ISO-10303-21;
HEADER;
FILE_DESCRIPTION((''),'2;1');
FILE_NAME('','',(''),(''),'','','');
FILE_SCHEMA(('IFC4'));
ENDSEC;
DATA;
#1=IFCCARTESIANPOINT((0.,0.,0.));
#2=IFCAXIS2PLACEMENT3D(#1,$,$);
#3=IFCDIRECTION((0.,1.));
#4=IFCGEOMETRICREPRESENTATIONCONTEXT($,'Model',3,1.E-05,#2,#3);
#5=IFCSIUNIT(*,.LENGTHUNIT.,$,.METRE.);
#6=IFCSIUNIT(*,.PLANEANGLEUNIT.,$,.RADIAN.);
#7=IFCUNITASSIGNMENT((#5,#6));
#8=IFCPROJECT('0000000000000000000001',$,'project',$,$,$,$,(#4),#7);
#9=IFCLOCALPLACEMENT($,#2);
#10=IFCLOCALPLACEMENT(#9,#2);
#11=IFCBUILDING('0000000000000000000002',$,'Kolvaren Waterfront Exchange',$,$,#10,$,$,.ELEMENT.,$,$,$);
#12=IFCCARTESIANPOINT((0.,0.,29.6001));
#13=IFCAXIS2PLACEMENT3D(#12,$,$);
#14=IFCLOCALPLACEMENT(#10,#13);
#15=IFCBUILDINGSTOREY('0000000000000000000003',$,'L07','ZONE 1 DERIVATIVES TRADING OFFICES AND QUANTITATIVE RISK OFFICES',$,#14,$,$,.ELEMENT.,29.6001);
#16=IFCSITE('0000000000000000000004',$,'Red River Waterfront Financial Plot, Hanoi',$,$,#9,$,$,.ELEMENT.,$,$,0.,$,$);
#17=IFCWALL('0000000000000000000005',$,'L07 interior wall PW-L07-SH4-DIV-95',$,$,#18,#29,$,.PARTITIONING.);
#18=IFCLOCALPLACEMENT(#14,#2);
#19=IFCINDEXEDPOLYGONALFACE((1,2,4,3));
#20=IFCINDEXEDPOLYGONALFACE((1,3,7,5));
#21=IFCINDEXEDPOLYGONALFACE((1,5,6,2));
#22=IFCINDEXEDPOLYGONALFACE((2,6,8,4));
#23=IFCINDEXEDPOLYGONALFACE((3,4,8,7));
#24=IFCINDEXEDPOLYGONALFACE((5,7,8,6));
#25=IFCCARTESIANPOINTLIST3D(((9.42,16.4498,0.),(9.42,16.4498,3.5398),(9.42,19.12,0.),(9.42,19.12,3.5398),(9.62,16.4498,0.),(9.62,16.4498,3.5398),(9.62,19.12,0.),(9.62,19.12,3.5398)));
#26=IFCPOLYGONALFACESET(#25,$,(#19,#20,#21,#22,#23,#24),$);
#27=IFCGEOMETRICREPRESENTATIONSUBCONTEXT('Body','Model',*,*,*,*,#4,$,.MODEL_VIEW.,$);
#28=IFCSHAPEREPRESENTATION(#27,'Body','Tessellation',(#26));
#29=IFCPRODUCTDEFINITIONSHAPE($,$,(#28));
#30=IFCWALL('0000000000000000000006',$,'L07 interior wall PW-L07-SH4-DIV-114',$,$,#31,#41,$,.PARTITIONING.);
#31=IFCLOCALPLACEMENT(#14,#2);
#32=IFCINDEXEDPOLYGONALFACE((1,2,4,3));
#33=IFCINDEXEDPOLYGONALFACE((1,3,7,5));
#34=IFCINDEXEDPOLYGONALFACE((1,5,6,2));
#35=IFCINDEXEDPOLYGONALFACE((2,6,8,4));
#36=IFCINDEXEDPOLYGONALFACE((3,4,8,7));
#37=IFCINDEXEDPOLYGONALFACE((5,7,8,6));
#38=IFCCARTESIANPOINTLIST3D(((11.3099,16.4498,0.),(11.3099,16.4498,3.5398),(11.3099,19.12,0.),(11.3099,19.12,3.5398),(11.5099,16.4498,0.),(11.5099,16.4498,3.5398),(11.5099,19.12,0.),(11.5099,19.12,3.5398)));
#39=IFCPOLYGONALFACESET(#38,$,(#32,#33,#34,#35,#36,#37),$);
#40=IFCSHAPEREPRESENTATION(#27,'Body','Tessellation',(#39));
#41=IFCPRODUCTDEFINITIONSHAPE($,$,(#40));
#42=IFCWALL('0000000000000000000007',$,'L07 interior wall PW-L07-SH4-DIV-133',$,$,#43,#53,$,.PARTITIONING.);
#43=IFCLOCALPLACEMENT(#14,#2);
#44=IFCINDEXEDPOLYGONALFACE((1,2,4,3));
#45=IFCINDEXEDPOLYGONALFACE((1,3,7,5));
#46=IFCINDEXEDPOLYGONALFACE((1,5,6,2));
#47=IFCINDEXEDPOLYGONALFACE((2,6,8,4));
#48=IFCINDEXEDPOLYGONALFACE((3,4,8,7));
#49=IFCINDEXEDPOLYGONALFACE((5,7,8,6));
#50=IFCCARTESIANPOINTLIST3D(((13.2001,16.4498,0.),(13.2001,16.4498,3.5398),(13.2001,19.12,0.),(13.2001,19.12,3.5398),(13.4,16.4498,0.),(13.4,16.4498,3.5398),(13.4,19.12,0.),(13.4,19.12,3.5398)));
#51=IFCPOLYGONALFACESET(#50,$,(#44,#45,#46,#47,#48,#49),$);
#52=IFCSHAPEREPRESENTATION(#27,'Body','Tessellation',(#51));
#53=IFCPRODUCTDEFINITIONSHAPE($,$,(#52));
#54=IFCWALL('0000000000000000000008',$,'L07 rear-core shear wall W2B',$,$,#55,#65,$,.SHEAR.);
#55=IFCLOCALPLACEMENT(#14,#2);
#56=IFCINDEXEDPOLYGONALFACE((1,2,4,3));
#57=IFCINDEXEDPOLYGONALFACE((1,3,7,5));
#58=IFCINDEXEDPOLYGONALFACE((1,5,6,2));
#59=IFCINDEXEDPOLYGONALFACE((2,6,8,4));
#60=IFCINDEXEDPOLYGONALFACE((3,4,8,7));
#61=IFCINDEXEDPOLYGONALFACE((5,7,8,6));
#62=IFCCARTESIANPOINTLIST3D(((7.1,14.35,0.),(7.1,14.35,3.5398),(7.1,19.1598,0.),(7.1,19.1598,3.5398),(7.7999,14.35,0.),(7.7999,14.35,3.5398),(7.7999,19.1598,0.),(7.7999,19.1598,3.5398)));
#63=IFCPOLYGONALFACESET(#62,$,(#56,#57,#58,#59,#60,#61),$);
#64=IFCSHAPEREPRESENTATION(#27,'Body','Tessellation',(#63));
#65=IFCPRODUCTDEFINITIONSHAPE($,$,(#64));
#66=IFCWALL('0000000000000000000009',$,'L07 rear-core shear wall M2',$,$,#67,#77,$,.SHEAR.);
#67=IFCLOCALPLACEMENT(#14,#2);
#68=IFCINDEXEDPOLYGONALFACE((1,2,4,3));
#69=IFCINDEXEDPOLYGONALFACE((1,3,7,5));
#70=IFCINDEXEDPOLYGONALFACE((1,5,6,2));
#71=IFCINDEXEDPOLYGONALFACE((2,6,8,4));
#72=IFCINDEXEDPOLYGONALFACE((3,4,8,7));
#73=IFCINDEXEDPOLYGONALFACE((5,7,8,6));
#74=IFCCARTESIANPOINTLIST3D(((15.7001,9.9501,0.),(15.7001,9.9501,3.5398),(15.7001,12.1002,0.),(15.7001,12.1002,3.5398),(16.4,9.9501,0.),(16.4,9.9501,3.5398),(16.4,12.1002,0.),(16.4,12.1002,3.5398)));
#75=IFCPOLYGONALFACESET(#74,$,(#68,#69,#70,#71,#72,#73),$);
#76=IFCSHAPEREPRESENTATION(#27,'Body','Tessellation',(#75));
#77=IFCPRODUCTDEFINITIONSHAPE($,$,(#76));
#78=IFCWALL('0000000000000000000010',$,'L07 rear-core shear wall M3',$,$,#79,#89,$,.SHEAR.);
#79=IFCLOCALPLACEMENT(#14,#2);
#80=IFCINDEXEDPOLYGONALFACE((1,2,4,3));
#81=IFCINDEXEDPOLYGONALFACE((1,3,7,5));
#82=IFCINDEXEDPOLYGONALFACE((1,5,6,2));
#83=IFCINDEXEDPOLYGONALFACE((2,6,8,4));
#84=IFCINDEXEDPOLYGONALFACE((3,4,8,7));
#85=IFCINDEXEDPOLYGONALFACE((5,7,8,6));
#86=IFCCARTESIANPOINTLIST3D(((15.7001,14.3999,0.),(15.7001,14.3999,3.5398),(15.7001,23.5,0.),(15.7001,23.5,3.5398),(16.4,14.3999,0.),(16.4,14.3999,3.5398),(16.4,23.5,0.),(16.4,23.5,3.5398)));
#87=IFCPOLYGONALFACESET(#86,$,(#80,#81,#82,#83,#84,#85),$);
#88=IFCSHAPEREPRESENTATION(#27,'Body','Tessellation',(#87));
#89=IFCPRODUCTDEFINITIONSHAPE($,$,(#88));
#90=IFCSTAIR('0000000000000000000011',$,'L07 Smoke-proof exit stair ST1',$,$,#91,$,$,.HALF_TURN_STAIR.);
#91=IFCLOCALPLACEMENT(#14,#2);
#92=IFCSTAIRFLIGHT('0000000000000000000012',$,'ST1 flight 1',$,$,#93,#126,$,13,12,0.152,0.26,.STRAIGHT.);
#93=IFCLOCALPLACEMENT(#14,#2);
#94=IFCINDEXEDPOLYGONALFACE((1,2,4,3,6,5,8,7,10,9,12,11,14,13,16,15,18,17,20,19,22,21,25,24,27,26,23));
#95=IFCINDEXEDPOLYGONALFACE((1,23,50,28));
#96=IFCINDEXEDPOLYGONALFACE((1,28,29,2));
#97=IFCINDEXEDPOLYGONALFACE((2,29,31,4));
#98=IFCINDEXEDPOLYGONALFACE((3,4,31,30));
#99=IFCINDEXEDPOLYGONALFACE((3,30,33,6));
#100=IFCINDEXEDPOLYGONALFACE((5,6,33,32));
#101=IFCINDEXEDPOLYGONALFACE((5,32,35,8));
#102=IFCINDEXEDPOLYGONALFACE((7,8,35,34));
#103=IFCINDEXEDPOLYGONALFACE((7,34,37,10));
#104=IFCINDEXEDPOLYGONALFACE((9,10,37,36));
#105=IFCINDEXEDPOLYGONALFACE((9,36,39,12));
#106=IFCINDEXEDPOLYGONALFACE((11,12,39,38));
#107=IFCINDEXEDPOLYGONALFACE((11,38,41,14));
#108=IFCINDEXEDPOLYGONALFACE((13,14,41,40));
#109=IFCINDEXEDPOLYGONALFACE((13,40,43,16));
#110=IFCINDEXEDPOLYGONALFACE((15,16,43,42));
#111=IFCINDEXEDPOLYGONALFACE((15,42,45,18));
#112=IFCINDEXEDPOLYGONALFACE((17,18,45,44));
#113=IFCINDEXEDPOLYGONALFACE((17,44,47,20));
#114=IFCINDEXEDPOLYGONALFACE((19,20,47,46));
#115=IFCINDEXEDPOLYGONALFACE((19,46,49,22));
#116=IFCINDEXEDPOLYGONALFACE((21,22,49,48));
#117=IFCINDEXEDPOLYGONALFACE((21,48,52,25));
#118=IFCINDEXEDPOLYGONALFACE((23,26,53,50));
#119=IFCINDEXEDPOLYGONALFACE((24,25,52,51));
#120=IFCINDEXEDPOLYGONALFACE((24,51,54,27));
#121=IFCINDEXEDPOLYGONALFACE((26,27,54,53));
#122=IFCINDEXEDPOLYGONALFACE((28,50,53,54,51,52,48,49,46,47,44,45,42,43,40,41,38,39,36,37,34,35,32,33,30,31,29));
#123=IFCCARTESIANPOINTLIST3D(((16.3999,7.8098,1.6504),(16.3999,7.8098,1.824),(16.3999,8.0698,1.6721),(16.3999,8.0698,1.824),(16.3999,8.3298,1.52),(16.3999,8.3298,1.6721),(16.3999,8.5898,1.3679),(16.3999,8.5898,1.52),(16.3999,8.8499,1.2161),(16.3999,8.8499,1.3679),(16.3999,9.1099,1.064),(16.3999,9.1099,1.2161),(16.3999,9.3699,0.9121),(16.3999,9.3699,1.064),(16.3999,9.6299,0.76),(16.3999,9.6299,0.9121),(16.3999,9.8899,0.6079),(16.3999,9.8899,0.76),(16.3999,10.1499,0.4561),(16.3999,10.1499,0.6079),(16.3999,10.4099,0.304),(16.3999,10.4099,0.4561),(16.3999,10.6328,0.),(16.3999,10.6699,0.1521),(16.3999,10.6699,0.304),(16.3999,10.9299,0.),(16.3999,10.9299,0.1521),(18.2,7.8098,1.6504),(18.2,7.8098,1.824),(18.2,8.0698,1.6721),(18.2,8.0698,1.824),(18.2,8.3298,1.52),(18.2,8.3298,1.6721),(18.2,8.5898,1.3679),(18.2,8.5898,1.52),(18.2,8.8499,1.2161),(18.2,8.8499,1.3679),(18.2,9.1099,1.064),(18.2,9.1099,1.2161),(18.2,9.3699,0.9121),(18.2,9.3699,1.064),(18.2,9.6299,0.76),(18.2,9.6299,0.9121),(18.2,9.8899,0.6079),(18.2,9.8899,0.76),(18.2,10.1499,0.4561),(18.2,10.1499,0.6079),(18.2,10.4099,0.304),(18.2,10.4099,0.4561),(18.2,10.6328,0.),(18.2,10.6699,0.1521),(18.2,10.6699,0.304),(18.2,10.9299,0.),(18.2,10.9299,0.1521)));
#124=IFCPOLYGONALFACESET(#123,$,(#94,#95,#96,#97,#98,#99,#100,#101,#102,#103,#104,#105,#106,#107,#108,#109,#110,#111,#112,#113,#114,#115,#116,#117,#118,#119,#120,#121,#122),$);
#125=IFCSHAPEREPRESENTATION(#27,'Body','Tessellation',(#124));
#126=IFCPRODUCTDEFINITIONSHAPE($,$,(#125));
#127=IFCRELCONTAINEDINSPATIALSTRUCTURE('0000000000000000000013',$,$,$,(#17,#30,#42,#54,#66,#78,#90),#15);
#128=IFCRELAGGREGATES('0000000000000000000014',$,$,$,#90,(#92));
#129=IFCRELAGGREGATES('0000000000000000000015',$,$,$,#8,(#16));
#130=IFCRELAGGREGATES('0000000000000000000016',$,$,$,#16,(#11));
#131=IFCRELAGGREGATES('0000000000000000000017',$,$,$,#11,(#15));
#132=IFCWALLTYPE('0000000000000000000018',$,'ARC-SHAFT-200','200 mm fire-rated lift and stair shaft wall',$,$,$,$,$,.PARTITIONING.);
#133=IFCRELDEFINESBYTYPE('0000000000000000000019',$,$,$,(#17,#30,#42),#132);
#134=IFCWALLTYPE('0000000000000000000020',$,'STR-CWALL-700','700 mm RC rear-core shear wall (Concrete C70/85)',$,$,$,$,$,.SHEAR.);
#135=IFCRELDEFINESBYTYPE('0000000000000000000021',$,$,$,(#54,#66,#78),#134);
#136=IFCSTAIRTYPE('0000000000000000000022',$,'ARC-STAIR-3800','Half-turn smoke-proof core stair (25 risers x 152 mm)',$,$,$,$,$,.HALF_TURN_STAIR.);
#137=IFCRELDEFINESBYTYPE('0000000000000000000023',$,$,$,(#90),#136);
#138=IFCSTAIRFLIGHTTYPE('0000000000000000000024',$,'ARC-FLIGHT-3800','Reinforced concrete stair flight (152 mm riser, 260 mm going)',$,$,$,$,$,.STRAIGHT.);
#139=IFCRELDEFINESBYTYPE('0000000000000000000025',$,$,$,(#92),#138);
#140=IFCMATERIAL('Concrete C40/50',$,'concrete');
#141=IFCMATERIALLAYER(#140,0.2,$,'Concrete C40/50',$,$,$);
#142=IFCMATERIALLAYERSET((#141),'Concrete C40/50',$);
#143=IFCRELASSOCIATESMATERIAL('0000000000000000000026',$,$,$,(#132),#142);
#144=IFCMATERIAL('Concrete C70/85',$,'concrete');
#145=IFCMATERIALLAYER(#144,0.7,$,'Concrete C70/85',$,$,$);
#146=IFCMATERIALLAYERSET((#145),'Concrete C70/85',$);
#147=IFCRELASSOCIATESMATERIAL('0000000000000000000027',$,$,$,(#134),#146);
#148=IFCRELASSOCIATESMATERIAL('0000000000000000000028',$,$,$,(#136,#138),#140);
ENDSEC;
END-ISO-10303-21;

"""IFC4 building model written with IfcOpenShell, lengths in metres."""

from ifc_helpers import new_model, si_unit, direction, frame, frame_2d, origin, place, context, subcontext, project, spatial, polyline, rectangle, outline, extrude, material, layer, layer_set, type_object, element, aggregate, save


model = new_model("IFC4")

# Units and contexts
model_context = context("Model", 3, precision=1e-05, world=origin(), true_north=direction((0.0, 1.0)))
body_context = subcontext(model_context, "Body", "Model", "MODEL_VIEW")
ifc_project = project(units=[si_unit("LENGTHUNIT", "METRE"), si_unit("PLANEANGLEUNIT", "RADIAN")], contexts=[model_context])

# Site, building, storey
site_placement = place(None, origin())
site = spatial("IfcSite", under=ifc_project, at=site_placement, Name="Red River Waterfront Financial Plot, Hanoi", CompositionType="ELEMENT", RefElevation=0.0)
building_placement = place(site_placement, origin())
building = spatial("IfcBuilding", under=site, at=building_placement, Name="Kolvaren Waterfront Exchange", CompositionType="ELEMENT")
storey_placement = place(building_placement, frame((0.0, 0.0, 29.6001)))
storey = spatial("IfcBuildingStorey", under=building, at=storey_placement, Name="L07", Description="ZONE 1 DERIVATIVES TRADING OFFICES AND QUANTITATIVE RISK OFFICES", CompositionType="ELEMENT", Elevation=29.6001)

# Shared definitions
ifc_material_1 = material(Name="Concrete C40/50", Category="concrete")
ifc_layer_1 = layer(ifc_material_1, 0.2, Name="Concrete C40/50")
ifc_layer_set_1 = layer_set([ifc_layer_1], Name="Concrete C40/50")
wall_type_1 = type_object("IfcWallType", Name="ARC-SHAFT-200", Description="200 mm fire-rated lift and stair shaft wall", PredefinedType="PARTITIONING", material=ifc_layer_set_1)

# Walls
for number, where, z_axis, x_axis, name in (
    (1, (9.52, 16.45, 0.0), (0.0, 0.0, 1.0), (0.0, 1.0, 0.0), "L07 interior wall PW-L07-SH4-DIV-95"),
    (2, (11.4099, 16.45, 0.0), (0.0, 0.0, 1.0), (0.0, 1.0, 0.0), "L07 interior wall PW-L07-SH4-DIV-114"),
    (3, (13.3, 16.45, 0.0), (0.0, 0.0, 1.0), (0.0, 1.0, 0.0), "L07 interior wall PW-L07-SH4-DIV-133"),
):
    element("IfcWall", number, at=place(storey_placement, frame(where, z_axis=z_axis, x_axis=x_axis)), inside=storey, type_object=wall_type_1, Name=name, PredefinedType="PARTITIONING", context=body_context, shape_type="SweptSolid", body=[
        extrude(rectangle(XDim=2.6702, YDim=0.2, at=frame_2d((1.335, 0.0))), origin(), (0.0, 0.0, 1.0), 3.5398),
    ])
ifc_material_2 = material(Name="Concrete C70/85", Category="concrete")
ifc_layer_2 = layer(ifc_material_2, 0.7, Name="Concrete C70/85")
ifc_layer_set_2 = layer_set([ifc_layer_2], Name="Concrete C70/85")
wall_type_2 = type_object("IfcWallType", Name="STR-CWALL-700", Description="700 mm RC rear-core shear wall (Concrete C70/85)", PredefinedType="SHEAR", material=ifc_layer_set_2)
wall_1_placement = place(storey_placement, frame((7.45, 14.3501, 0.0), z_axis=(0.0, 0.0, 1.0), x_axis=(0.0, 1.0, 0.0)))
element("IfcWall", 4, at=wall_1_placement, inside=storey, type_object=wall_type_2, Name="L07 rear-core shear wall W2B", PredefinedType="SHEAR", context=body_context, shape_type="SweptSolid", body=[
    extrude(rectangle(XDim=4.8098, YDim=0.7, at=frame_2d((2.4048, 0.0))), origin(), (0.0, 0.0, 1.0), 3.5398),
])
wall_2_placement = place(storey_placement, frame((16.05, 9.95, 0.0), z_axis=(0.0, 0.0, 1.0), x_axis=(0.0, 1.0, 0.0)))
element("IfcWall", 5, at=wall_2_placement, inside=storey, type_object=wall_type_2, Name="L07 rear-core shear wall M2", PredefinedType="SHEAR", context=body_context, shape_type="SweptSolid", body=[
    extrude(rectangle(XDim=2.1501, YDim=0.7, at=frame_2d((1.0752, 0.0))), origin(), (0.0, 0.0, 1.0), 3.5398),
])
wall_3_placement = place(storey_placement, frame((16.05, 14.3999, 0.0), z_axis=(0.0, 0.0, 1.0), x_axis=(0.0, 1.0, 0.0)))
element("IfcWall", 6, at=wall_3_placement, inside=storey, type_object=wall_type_2, Name="L07 rear-core shear wall M3", PredefinedType="SHEAR", context=body_context, shape_type="SweptSolid", body=[
    extrude(rectangle(XDim=9.1001, YDim=0.7, at=frame_2d((4.55, 0.0))), origin(), (0.0, 0.0, 1.0), 3.5398),
])

# Stair, stair flight
stair_type = type_object("IfcStairType", Name="ARC-STAIR-3800", Description="Half-turn smoke-proof core stair (25 risers x 152 mm)", PredefinedType="HALF_TURN_STAIR", material=ifc_material_1)
stair_placement = place(storey_placement, origin())
stair = element("IfcStair", 7, at=stair_placement, inside=storey, type_object=stair_type, Name="L07 Smoke-proof exit stair ST1", PredefinedType="HALF_TURN_STAIR")
stair_flight_type = type_object("IfcStairFlightType", Name="ARC-FLIGHT-3800", Description="Reinforced concrete stair flight (152 mm riser, 260 mm going)", PredefinedType="STRAIGHT", material=ifc_material_1)
stair_flight_placement = place(storey_placement, frame((17.3, 10.9299, 0.0), z_axis=(0.0, 0.0, 1.0), x_axis=(0.0, -1.0, 0.0)))
stair_flight = element("IfcStairFlight", 8, at=stair_flight_placement, type_object=stair_flight_type, Name="ST1 flight 1", NumberOfRisers=13, NumberOfTreads=12, PredefinedType="STRAIGHT", RiserHeight=0.152, TreadLength=0.26, context=body_context, shape_type="SweptSolid", body=[
    extrude(outline(polyline([(0.0, 0.0), (0.0, 0.1521), (0.26, 0.1521), (0.26, 0.304), (0.52, 0.304), (0.52, 0.4561), (0.78, 0.4561), (0.78, 0.6079), (1.04, 0.6079), (1.04, 0.76), (1.3, 0.76), (1.3, 0.9121), (1.5601, 0.9121), (1.5601, 1.064), (1.8201, 1.064), (1.8201, 1.2161), (2.0801, 1.2161), (2.0801, 1.3679), (2.3401, 1.3679), (2.3401, 1.52), (2.6001, 1.52), (2.6001, 1.6721), (2.8601, 1.6721), (2.8601, 1.824), (3.1201, 1.824), (3.1201, 1.9761), (3.1201, 1.6504), (0.2971, 0.0), (0.0, 0.0)])), frame((0.0, 0.8999, 0.0), z_axis=(0.0, -1.0, 0.0), x_axis=(1.0, 0.0, 0.0)), (0.0, 0.0, 1.0), 1.8),
])
aggregate(stair, [stair_flight])

save(model, "model.ifc")
